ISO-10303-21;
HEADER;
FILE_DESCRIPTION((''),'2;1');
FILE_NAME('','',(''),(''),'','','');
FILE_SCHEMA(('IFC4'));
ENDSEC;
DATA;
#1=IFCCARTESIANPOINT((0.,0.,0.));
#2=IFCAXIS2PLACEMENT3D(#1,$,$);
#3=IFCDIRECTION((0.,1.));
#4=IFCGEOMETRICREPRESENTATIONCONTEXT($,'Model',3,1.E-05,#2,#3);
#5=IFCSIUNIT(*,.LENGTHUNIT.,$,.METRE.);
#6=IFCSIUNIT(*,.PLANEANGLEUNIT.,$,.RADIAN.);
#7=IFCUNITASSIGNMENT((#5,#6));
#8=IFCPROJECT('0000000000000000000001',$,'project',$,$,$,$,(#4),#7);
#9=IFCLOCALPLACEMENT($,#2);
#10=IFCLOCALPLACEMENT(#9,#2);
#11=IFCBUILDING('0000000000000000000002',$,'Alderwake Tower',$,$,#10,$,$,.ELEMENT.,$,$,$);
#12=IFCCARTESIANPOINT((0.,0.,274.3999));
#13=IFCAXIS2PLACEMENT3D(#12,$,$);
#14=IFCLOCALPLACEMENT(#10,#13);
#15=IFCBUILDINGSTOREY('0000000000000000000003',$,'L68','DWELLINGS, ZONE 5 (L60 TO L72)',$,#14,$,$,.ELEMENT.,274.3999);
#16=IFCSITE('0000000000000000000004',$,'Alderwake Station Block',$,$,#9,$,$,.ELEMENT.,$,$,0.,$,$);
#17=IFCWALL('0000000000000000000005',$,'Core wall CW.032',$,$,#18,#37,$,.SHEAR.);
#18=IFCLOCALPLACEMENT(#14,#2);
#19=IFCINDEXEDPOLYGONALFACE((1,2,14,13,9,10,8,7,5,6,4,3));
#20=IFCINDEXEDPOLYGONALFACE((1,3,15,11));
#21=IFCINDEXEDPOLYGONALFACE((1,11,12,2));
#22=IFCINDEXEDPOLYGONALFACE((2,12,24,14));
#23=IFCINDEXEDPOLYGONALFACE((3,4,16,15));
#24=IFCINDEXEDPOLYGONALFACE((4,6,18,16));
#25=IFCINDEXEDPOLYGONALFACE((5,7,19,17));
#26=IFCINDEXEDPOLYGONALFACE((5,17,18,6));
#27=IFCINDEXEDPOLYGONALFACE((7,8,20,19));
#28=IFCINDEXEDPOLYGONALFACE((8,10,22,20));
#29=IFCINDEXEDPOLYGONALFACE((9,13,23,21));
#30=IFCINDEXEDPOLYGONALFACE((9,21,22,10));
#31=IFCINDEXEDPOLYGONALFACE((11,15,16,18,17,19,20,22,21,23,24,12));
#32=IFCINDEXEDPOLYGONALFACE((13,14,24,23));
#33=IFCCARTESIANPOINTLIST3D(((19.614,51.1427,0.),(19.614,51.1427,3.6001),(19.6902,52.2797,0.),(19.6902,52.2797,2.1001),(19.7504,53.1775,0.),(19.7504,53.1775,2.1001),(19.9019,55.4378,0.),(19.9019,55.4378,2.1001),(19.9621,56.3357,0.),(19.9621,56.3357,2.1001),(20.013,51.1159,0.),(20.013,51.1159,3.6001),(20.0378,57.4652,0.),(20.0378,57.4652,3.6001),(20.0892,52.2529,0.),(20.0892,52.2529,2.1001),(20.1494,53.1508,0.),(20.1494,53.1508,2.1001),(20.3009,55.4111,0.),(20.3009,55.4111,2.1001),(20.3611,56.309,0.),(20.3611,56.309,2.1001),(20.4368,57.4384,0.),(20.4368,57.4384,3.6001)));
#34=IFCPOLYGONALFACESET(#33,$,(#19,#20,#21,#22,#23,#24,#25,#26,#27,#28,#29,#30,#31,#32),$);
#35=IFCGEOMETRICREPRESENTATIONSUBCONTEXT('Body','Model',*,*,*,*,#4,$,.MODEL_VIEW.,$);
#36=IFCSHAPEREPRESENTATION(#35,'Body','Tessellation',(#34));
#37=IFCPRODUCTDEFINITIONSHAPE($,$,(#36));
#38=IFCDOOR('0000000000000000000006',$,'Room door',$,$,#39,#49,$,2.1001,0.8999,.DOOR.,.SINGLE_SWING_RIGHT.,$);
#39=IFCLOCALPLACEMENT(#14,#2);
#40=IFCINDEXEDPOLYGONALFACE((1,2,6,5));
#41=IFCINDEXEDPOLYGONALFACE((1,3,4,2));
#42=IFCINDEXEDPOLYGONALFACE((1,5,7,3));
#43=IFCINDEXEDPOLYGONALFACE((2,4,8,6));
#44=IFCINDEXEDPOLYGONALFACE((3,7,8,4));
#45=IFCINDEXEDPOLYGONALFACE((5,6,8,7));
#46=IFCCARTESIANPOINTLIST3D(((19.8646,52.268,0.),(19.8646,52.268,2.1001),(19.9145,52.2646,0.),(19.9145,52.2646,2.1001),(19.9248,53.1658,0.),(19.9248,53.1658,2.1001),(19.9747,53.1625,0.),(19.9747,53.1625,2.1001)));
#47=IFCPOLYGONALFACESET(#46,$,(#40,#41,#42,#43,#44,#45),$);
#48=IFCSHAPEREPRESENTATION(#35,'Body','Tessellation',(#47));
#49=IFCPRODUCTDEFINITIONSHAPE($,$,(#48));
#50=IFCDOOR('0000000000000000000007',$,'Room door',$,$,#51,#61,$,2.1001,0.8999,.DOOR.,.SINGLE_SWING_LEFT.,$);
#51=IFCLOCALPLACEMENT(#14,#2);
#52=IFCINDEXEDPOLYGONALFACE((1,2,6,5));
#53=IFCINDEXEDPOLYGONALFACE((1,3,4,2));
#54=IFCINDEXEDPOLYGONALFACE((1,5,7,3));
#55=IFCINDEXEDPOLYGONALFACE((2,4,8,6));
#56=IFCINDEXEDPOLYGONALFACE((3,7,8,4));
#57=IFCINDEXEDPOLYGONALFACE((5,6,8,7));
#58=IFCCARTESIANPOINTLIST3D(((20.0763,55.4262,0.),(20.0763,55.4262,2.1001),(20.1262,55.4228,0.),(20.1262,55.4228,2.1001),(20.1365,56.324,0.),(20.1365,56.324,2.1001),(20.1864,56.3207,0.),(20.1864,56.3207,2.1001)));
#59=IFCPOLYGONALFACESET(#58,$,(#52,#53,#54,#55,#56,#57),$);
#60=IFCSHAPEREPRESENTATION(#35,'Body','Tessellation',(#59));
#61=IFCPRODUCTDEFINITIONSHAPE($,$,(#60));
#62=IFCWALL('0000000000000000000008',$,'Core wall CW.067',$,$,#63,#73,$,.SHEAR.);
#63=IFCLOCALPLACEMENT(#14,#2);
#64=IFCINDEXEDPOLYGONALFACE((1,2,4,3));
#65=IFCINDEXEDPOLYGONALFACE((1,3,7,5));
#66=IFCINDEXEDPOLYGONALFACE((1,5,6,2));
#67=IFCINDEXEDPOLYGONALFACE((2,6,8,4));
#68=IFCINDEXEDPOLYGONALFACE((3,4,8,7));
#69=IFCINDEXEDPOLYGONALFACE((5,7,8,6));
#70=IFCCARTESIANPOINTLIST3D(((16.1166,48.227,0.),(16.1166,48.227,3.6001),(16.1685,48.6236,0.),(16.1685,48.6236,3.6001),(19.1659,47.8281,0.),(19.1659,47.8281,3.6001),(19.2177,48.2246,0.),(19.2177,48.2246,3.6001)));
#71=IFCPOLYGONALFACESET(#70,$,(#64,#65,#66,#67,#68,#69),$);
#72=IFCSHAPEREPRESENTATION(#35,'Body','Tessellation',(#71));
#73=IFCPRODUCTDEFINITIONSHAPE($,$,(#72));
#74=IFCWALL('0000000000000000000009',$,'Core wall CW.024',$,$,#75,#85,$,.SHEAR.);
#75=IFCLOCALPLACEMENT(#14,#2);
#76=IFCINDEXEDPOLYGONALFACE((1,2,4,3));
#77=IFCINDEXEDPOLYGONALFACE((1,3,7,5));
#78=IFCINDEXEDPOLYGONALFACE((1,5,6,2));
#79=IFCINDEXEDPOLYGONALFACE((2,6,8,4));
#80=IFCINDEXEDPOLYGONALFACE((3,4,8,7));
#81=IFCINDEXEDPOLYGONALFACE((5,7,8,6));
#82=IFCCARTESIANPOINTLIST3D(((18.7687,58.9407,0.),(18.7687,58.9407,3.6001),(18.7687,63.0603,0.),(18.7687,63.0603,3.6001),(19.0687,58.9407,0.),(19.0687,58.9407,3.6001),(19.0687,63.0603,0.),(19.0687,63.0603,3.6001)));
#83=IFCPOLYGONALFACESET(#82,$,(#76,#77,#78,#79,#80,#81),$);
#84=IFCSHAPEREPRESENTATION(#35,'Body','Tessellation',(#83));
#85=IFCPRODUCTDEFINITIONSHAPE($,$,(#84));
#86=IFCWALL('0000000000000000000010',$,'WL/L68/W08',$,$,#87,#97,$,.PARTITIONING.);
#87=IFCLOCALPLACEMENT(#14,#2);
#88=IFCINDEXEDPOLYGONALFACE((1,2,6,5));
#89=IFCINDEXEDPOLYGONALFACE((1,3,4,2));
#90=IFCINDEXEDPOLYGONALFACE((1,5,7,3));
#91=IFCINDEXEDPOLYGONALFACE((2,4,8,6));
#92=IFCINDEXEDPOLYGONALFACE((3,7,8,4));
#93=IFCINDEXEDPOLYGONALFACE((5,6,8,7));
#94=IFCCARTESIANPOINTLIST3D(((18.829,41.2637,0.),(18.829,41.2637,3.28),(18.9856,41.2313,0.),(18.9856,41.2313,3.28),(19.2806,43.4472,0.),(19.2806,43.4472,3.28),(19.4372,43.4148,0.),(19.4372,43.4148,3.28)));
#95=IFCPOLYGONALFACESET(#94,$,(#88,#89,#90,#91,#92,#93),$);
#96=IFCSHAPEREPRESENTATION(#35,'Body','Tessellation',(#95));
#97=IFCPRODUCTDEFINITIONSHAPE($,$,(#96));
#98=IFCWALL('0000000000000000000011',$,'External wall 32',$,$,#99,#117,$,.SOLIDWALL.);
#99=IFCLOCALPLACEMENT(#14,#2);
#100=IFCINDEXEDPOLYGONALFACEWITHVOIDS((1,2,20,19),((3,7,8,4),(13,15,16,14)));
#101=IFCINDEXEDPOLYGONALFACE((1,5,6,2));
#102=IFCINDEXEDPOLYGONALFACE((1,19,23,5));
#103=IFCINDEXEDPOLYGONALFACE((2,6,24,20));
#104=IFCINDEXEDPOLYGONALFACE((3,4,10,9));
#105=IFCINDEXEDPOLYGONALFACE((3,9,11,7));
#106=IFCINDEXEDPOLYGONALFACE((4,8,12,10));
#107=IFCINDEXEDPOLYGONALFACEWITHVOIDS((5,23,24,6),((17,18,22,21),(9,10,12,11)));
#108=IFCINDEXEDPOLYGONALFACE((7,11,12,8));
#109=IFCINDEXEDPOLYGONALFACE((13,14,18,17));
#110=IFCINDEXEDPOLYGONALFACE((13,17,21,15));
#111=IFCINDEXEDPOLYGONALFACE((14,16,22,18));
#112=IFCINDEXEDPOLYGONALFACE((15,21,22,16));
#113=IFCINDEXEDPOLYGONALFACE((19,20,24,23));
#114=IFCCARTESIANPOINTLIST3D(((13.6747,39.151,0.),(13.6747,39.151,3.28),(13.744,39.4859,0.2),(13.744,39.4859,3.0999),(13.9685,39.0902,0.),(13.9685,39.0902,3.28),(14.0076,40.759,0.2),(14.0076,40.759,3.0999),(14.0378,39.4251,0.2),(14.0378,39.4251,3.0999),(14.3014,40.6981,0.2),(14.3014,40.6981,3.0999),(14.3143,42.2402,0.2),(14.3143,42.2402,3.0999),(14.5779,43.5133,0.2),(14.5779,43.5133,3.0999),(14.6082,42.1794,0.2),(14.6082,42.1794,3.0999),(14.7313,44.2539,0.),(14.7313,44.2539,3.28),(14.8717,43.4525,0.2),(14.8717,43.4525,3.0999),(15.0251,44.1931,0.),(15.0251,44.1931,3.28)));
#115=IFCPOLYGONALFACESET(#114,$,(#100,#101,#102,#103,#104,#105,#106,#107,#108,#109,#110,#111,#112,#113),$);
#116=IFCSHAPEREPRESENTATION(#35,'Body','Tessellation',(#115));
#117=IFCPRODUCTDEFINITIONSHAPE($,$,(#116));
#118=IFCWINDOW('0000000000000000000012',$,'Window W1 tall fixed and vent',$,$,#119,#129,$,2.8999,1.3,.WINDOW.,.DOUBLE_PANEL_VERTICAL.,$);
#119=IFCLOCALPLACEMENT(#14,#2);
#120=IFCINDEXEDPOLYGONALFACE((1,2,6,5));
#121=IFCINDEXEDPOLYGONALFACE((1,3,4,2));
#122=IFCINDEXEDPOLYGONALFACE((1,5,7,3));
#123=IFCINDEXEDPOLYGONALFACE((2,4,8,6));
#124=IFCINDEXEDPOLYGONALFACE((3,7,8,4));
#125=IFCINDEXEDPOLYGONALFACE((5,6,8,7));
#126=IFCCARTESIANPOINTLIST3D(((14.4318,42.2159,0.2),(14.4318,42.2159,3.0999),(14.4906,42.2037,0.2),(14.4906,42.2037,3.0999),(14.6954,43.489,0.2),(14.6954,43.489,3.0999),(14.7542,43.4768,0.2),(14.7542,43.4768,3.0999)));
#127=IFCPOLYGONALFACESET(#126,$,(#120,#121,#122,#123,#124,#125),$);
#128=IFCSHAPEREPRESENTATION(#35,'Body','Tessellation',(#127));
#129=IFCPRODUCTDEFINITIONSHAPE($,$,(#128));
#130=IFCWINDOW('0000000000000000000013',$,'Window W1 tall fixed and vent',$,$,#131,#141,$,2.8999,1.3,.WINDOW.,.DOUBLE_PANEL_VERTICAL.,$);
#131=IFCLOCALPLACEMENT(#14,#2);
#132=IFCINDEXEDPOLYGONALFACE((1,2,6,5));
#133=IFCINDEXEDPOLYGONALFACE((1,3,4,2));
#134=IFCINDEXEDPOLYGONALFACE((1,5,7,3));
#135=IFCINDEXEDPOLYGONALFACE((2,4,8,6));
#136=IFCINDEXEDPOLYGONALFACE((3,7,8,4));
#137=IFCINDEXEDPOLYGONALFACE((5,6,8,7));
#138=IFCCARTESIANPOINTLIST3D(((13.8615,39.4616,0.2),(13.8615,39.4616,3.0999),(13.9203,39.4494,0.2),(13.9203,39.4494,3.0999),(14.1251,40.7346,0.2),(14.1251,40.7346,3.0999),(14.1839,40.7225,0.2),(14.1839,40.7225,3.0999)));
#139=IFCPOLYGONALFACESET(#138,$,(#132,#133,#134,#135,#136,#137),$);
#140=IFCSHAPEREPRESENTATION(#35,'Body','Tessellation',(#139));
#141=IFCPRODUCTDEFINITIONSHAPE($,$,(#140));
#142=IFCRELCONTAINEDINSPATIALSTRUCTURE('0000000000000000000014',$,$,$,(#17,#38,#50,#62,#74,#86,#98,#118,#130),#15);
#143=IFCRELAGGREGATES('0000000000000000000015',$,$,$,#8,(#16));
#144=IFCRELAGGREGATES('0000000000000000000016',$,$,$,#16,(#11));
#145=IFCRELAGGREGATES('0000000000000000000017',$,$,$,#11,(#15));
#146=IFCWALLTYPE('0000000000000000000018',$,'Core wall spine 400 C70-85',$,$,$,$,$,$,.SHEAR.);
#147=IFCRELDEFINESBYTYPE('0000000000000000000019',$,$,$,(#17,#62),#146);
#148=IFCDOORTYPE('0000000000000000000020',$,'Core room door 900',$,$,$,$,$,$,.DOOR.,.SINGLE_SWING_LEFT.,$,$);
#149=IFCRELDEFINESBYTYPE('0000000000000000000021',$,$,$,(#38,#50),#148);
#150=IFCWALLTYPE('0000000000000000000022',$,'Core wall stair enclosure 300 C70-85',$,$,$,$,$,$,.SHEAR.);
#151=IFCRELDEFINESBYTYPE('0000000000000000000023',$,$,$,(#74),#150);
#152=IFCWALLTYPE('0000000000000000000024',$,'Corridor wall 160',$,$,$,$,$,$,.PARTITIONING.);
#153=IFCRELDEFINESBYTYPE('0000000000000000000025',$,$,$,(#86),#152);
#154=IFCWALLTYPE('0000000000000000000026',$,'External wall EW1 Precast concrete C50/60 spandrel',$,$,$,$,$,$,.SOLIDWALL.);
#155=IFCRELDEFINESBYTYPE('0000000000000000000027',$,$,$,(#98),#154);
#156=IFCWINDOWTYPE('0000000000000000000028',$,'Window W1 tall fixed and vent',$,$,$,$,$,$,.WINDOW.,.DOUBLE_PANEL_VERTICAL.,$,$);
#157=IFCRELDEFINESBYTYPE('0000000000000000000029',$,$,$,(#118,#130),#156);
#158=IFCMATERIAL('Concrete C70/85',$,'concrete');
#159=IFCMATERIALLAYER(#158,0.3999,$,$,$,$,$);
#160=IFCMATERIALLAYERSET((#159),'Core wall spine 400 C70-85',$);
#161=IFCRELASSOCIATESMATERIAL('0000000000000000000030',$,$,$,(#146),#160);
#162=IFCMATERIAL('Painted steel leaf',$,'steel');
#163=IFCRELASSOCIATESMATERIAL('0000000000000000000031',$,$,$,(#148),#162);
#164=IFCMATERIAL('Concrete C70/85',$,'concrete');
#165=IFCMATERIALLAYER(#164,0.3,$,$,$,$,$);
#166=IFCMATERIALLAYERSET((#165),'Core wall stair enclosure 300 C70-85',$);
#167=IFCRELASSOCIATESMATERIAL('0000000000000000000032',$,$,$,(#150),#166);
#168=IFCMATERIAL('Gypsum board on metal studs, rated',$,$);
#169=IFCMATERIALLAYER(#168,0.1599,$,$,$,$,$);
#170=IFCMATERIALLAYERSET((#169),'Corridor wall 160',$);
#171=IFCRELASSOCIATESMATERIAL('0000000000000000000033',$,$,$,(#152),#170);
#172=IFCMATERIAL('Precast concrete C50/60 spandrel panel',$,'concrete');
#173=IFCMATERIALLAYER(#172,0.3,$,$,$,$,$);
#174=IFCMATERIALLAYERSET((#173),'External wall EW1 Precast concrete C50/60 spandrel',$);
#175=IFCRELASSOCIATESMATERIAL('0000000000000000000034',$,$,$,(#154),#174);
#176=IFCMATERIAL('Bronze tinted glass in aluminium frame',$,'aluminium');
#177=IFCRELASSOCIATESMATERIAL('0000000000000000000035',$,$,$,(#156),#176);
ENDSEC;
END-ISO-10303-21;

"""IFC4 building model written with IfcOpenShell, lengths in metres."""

from ifc_helpers import new_model, si_unit, direction, frame, frame_2d, origin, place, context, subcontext, project, spatial, rectangle, extrude, material, layer, layer_set, type_object, element, fill, save


model = new_model("IFC4")

# Units and contexts
model_context = context("Model", 3, precision=1e-05, world=origin(), true_north=direction((0.0, 1.0)))
body_context = subcontext(model_context, "Body", "Model", "MODEL_VIEW")
ifc_project = project(units=[si_unit("LENGTHUNIT", "METRE"), si_unit("PLANEANGLEUNIT", "RADIAN")], contexts=[model_context])

# Site, building, storey
site_placement = place(None, origin())
site = spatial("IfcSite", under=ifc_project, at=site_placement, Name="Alderwake Station Block", CompositionType="ELEMENT", RefElevation=0.0)
building_placement = place(site_placement, origin())
building = spatial("IfcBuilding", under=site, at=building_placement, Name="Alderwake Tower", CompositionType="ELEMENT")
storey_placement = place(building_placement, frame((0.0, 0.0, 274.3999)))
storey = spatial("IfcBuildingStorey", under=building, at=storey_placement, Name="L68", Description="DWELLINGS, ZONE 5 (L60 TO L72)", CompositionType="ELEMENT", Elevation=274.3999)

# Shared definitions
ifc_material_1 = material(Name="Concrete C70/85", Category="concrete")
ifc_layer_1 = layer(ifc_material_1, 0.3999)
ifc_layer_set_1 = layer_set([ifc_layer_1], Name="Core wall spine 400 C70-85")
wall_type_1 = type_object("IfcWallType", Name="Core wall spine 400 C70-85", PredefinedType="SHEAR", material=ifc_layer_set_1)

# Wall, openings, doors
wall_1_placement = place(storey_placement, frame((20.2373, 57.4519, 0.0), z_axis=(0.0, 0.0, 1.0), x_axis=(-0.066885, -0.997761, 0.0)))
wall_1 = element("IfcWall", 1, at=wall_1_placement, inside=storey, type_object=wall_type_1, Name="Core wall CW.032", PredefinedType="SHEAR", context=body_context, shape_type="SweptSolid", body=[
    extrude(rectangle(XDim=6.3367, YDim=0.3999, at=frame_2d((3.1685, 0.0))), origin(), (0.0, 0.0, 1.0), 3.6001),
])
opening_1_placement = place(wall_1_placement, frame((4.2974, 0.0, 0.0)))
opening_1 = element("IfcOpeningElement", 2, at=opening_1_placement, cuts=wall_1, PredefinedType="OPENING", context=body_context, shape_type="SweptSolid", body=[
    extrude(rectangle(XDim=0.8999, YDim=2.1001, at=frame_2d((0.45, 1.05))), frame((0.0, 0.21, 0.0), z_axis=(0.0, -1.0, 0.0), x_axis=(1.0, 0.0, 0.0)), (0.0, 0.0, 1.0), 0.4199),
])
opening_2_placement = place(wall_1_placement, frame((1.1321, 0.0, 0.0)))
opening_2 = element("IfcOpeningElement", 3, at=opening_2_placement, cuts=wall_1, PredefinedType="OPENING", context=body_context, shape_type="SweptSolid", body=[
    extrude(rectangle(XDim=0.8999, YDim=2.1001, at=frame_2d((0.45, 1.05))), frame((0.0, 0.21, 0.0), z_axis=(0.0, -1.0, 0.0), x_axis=(1.0, 0.0, 0.0)), (0.0, 0.0, 1.0), 0.4199),
])
ifc_material_2 = material(Name="Painted steel leaf", Category="steel")
door_type_1 = type_object("IfcDoorType", Name="Core room door 900", OperationType="SINGLE_SWING_LEFT", PredefinedType="DOOR", material=ifc_material_2)
door_1_placement = place(opening_1_placement, origin())
door_1 = element("IfcDoor", 4, at=door_1_placement, inside=storey, type_object=door_type_1, Name="Room door", OperationType="SINGLE_SWING_RIGHT", OverallHeight=2.1001, OverallWidth=0.8999, PredefinedType="DOOR", context=body_context, shape_type="SweptSolid", body=[
    extrude(rectangle(XDim=0.8999, YDim=2.1001, at=frame_2d((0.45, 1.05))), frame((0.0, 0.0249, 0.0), z_axis=(0.0, -1.0, 0.0), x_axis=(1.0, 0.0, 0.0)), (0.0, 0.0, 1.0), 0.05),
])
fill(opening_1, door_1)
door_2_placement = place(opening_2_placement, origin())
door_2 = element("IfcDoor", 5, at=door_2_placement, inside=storey, type_object=door_type_1, Name="Room door", OperationType="SINGLE_SWING_LEFT", OverallHeight=2.1001, OverallWidth=0.8999, PredefinedType="DOOR", context=body_context, shape_type="SweptSolid", body=[
    extrude(rectangle(XDim=0.8999, YDim=2.1001, at=frame_2d((0.45, 1.05))), frame((0.0, 0.0249, 0.0), z_axis=(0.0, -1.0, 0.0), x_axis=(1.0, 0.0, 0.0)), (0.0, 0.0, 1.0), 0.05),
])
fill(opening_2, door_2)

# Walls
wall_2_placement = place(storey_placement, frame((16.1426, 48.4253, 0.0), z_axis=(0.0, 0.0, 1.0), x_axis=(0.991551, -0.129719, 0.0)))
element("IfcWall", 6, at=wall_2_placement, inside=storey, type_object=wall_type_1, Name="Core wall CW.067", PredefinedType="SHEAR", context=body_context, shape_type="SweptSolid", body=[
    extrude(rectangle(XDim=3.0752, YDim=0.3999, at=frame_2d((1.5376, 0.0))), origin(), (0.0, 0.0, 1.0), 3.6001),
])
ifc_material_3 = material(Name="Concrete C70/85", Category="concrete")
ifc_layer_2 = layer(ifc_material_3, 0.3)
ifc_layer_set_2 = layer_set([ifc_layer_2], Name="Core wall stair enclosure 300 C70-85")
wall_type_2 = type_object("IfcWallType", Name="Core wall stair enclosure 300 C70-85", PredefinedType="SHEAR", material=ifc_layer_set_2)
wall_3_placement = place(storey_placement, frame((18.9187, 58.9407, 0.0), z_axis=(0.0, 0.0, 1.0), x_axis=(0.0, 1.0, 0.0)))
element("IfcWall", 7, at=wall_3_placement, inside=storey, type_object=wall_type_2, Name="Core wall CW.024", PredefinedType="SHEAR", context=body_context, shape_type="SweptSolid", body=[
    extrude(rectangle(XDim=4.1196, YDim=0.3, at=frame_2d((2.0598, 0.0))), origin(), (0.0, 0.0, 1.0), 3.6001),
])
ifc_material_4 = material(Name="Gypsum board on metal studs, rated")
ifc_layer_3 = layer(ifc_material_4, 0.1599)
ifc_layer_set_3 = layer_set([ifc_layer_3], Name="Corridor wall 160")
wall_type_3 = type_object("IfcWallType", Name="Corridor wall 160", PredefinedType="PARTITIONING", material=ifc_layer_set_3)
wall_4_placement = place(storey_placement, frame((19.3589, 43.4309, 0.0), z_axis=(0.0, 0.0, 1.0), x_axis=(-0.202555, -0.979271, 0.0)))
element("IfcWall", 8, at=wall_4_placement, inside=storey, type_object=wall_type_3, Name="WL/L68/W08", PredefinedType="PARTITIONING", context=body_context, shape_type="SweptSolid", body=[
    extrude(rectangle(XDim=2.2297, YDim=0.1599, at=frame_2d((1.1147, 0.0))), origin(), (0.0, 0.0, 1.0), 3.28),
])

# Wall, openings, windows
ifc_material_5 = material(Name="Precast concrete C50/60 spandrel panel", Category="concrete")
ifc_layer_4 = layer(ifc_material_5, 0.3)
ifc_layer_set_4 = layer_set([ifc_layer_4], Name="External wall EW1 Precast concrete C50/60 spandrel")
wall_type_4 = type_object("IfcWallType", Name="External wall EW1 Precast concrete C50/60 spandrel", PredefinedType="SOLIDWALL", material=ifc_layer_set_4)
wall_5_placement = place(storey_placement, frame((14.8782, 44.2234, 0.0), z_axis=(0.0, 0.0, 1.0), x_axis=(-0.202761, -0.979228, 0.0)))
wall_5 = element("IfcWall", 9, at=wall_5_placement, inside=storey, type_object=wall_type_4, Name="External wall 32", PredefinedType="SOLIDWALL", context=body_context, shape_type="SweptSolid", body=[
    extrude(rectangle(XDim=5.2112, YDim=0.3, at=frame_2d((2.6055, 0.0))), origin(), (0.0, 0.0, 1.0), 3.28),
])
opening_3_placement = place(wall_5_placement, frame((0.7563, 0.0, 0.2)))
opening_3 = element("IfcOpeningElement", 10, at=opening_3_placement, cuts=wall_5, PredefinedType="OPENING", context=body_context, shape_type="SweptSolid", body=[
    extrude(rectangle(XDim=1.3, YDim=2.8999, at=frame_2d((0.6499, 1.45))), frame((0.0, 0.1599, 0.0), z_axis=(0.0, -1.0, 0.0), x_axis=(1.0, 0.0, 0.0)), (0.0, 0.0, 1.0), 0.3201),
])
opening_4_placement = place(wall_5_placement, frame((3.5691, 0.0, 0.2)))
opening_4 = element("IfcOpeningElement", 11, at=opening_4_placement, cuts=wall_5, PredefinedType="OPENING", context=body_context, shape_type="SweptSolid", body=[
    extrude(rectangle(XDim=1.3, YDim=2.8999, at=frame_2d((0.6499, 1.45))), frame((0.0, 0.1599, 0.0), z_axis=(0.0, -1.0, 0.0), x_axis=(1.0, 0.0, 0.0)), (0.0, 0.0, 1.0), 0.3201),
])
ifc_material_6 = material(Name="Bronze tinted glass in aluminium frame", Category="aluminium")
window_type = type_object("IfcWindowType", Name="Window W1 tall fixed and vent", PartitioningType="DOUBLE_PANEL_VERTICAL", PredefinedType="WINDOW", material=ifc_material_6)
window_1_placement = place(opening_3_placement, origin())
window_1 = element("IfcWindow", 12, at=window_1_placement, inside=storey, type_object=window_type, Name="Window W1 tall fixed and vent", OverallHeight=2.8999, OverallWidth=1.3, PartitioningType="DOUBLE_PANEL_VERTICAL", PredefinedType="WINDOW", context=body_context, shape_type="SweptSolid", body=[
    extrude(rectangle(XDim=1.3, YDim=2.8999, at=frame_2d((0.6499, 1.45))), frame((0.0, 0.03, 0.0), z_axis=(0.0, -1.0, 0.0), x_axis=(1.0, 0.0, 0.0)), (0.0, 0.0, 1.0), 0.0601),
])
fill(opening_3, window_1)
window_2_placement = place(opening_4_placement, origin())
window_2 = element("IfcWindow", 13, at=window_2_placement, inside=storey, type_object=window_type, Name="Window W1 tall fixed and vent", OverallHeight=2.8999, OverallWidth=1.3, PartitioningType="DOUBLE_PANEL_VERTICAL", PredefinedType="WINDOW", context=body_context, shape_type="SweptSolid", body=[
    extrude(rectangle(XDim=1.3, YDim=2.8999, at=frame_2d((0.6499, 1.45))), frame((0.0, 0.03, 0.0), z_axis=(0.0, -1.0, 0.0), x_axis=(1.0, 0.0, 0.0)), (0.0, 0.0, 1.0), 0.0601),
])
fill(opening_4, window_2)

save(model, "model.ifc")
